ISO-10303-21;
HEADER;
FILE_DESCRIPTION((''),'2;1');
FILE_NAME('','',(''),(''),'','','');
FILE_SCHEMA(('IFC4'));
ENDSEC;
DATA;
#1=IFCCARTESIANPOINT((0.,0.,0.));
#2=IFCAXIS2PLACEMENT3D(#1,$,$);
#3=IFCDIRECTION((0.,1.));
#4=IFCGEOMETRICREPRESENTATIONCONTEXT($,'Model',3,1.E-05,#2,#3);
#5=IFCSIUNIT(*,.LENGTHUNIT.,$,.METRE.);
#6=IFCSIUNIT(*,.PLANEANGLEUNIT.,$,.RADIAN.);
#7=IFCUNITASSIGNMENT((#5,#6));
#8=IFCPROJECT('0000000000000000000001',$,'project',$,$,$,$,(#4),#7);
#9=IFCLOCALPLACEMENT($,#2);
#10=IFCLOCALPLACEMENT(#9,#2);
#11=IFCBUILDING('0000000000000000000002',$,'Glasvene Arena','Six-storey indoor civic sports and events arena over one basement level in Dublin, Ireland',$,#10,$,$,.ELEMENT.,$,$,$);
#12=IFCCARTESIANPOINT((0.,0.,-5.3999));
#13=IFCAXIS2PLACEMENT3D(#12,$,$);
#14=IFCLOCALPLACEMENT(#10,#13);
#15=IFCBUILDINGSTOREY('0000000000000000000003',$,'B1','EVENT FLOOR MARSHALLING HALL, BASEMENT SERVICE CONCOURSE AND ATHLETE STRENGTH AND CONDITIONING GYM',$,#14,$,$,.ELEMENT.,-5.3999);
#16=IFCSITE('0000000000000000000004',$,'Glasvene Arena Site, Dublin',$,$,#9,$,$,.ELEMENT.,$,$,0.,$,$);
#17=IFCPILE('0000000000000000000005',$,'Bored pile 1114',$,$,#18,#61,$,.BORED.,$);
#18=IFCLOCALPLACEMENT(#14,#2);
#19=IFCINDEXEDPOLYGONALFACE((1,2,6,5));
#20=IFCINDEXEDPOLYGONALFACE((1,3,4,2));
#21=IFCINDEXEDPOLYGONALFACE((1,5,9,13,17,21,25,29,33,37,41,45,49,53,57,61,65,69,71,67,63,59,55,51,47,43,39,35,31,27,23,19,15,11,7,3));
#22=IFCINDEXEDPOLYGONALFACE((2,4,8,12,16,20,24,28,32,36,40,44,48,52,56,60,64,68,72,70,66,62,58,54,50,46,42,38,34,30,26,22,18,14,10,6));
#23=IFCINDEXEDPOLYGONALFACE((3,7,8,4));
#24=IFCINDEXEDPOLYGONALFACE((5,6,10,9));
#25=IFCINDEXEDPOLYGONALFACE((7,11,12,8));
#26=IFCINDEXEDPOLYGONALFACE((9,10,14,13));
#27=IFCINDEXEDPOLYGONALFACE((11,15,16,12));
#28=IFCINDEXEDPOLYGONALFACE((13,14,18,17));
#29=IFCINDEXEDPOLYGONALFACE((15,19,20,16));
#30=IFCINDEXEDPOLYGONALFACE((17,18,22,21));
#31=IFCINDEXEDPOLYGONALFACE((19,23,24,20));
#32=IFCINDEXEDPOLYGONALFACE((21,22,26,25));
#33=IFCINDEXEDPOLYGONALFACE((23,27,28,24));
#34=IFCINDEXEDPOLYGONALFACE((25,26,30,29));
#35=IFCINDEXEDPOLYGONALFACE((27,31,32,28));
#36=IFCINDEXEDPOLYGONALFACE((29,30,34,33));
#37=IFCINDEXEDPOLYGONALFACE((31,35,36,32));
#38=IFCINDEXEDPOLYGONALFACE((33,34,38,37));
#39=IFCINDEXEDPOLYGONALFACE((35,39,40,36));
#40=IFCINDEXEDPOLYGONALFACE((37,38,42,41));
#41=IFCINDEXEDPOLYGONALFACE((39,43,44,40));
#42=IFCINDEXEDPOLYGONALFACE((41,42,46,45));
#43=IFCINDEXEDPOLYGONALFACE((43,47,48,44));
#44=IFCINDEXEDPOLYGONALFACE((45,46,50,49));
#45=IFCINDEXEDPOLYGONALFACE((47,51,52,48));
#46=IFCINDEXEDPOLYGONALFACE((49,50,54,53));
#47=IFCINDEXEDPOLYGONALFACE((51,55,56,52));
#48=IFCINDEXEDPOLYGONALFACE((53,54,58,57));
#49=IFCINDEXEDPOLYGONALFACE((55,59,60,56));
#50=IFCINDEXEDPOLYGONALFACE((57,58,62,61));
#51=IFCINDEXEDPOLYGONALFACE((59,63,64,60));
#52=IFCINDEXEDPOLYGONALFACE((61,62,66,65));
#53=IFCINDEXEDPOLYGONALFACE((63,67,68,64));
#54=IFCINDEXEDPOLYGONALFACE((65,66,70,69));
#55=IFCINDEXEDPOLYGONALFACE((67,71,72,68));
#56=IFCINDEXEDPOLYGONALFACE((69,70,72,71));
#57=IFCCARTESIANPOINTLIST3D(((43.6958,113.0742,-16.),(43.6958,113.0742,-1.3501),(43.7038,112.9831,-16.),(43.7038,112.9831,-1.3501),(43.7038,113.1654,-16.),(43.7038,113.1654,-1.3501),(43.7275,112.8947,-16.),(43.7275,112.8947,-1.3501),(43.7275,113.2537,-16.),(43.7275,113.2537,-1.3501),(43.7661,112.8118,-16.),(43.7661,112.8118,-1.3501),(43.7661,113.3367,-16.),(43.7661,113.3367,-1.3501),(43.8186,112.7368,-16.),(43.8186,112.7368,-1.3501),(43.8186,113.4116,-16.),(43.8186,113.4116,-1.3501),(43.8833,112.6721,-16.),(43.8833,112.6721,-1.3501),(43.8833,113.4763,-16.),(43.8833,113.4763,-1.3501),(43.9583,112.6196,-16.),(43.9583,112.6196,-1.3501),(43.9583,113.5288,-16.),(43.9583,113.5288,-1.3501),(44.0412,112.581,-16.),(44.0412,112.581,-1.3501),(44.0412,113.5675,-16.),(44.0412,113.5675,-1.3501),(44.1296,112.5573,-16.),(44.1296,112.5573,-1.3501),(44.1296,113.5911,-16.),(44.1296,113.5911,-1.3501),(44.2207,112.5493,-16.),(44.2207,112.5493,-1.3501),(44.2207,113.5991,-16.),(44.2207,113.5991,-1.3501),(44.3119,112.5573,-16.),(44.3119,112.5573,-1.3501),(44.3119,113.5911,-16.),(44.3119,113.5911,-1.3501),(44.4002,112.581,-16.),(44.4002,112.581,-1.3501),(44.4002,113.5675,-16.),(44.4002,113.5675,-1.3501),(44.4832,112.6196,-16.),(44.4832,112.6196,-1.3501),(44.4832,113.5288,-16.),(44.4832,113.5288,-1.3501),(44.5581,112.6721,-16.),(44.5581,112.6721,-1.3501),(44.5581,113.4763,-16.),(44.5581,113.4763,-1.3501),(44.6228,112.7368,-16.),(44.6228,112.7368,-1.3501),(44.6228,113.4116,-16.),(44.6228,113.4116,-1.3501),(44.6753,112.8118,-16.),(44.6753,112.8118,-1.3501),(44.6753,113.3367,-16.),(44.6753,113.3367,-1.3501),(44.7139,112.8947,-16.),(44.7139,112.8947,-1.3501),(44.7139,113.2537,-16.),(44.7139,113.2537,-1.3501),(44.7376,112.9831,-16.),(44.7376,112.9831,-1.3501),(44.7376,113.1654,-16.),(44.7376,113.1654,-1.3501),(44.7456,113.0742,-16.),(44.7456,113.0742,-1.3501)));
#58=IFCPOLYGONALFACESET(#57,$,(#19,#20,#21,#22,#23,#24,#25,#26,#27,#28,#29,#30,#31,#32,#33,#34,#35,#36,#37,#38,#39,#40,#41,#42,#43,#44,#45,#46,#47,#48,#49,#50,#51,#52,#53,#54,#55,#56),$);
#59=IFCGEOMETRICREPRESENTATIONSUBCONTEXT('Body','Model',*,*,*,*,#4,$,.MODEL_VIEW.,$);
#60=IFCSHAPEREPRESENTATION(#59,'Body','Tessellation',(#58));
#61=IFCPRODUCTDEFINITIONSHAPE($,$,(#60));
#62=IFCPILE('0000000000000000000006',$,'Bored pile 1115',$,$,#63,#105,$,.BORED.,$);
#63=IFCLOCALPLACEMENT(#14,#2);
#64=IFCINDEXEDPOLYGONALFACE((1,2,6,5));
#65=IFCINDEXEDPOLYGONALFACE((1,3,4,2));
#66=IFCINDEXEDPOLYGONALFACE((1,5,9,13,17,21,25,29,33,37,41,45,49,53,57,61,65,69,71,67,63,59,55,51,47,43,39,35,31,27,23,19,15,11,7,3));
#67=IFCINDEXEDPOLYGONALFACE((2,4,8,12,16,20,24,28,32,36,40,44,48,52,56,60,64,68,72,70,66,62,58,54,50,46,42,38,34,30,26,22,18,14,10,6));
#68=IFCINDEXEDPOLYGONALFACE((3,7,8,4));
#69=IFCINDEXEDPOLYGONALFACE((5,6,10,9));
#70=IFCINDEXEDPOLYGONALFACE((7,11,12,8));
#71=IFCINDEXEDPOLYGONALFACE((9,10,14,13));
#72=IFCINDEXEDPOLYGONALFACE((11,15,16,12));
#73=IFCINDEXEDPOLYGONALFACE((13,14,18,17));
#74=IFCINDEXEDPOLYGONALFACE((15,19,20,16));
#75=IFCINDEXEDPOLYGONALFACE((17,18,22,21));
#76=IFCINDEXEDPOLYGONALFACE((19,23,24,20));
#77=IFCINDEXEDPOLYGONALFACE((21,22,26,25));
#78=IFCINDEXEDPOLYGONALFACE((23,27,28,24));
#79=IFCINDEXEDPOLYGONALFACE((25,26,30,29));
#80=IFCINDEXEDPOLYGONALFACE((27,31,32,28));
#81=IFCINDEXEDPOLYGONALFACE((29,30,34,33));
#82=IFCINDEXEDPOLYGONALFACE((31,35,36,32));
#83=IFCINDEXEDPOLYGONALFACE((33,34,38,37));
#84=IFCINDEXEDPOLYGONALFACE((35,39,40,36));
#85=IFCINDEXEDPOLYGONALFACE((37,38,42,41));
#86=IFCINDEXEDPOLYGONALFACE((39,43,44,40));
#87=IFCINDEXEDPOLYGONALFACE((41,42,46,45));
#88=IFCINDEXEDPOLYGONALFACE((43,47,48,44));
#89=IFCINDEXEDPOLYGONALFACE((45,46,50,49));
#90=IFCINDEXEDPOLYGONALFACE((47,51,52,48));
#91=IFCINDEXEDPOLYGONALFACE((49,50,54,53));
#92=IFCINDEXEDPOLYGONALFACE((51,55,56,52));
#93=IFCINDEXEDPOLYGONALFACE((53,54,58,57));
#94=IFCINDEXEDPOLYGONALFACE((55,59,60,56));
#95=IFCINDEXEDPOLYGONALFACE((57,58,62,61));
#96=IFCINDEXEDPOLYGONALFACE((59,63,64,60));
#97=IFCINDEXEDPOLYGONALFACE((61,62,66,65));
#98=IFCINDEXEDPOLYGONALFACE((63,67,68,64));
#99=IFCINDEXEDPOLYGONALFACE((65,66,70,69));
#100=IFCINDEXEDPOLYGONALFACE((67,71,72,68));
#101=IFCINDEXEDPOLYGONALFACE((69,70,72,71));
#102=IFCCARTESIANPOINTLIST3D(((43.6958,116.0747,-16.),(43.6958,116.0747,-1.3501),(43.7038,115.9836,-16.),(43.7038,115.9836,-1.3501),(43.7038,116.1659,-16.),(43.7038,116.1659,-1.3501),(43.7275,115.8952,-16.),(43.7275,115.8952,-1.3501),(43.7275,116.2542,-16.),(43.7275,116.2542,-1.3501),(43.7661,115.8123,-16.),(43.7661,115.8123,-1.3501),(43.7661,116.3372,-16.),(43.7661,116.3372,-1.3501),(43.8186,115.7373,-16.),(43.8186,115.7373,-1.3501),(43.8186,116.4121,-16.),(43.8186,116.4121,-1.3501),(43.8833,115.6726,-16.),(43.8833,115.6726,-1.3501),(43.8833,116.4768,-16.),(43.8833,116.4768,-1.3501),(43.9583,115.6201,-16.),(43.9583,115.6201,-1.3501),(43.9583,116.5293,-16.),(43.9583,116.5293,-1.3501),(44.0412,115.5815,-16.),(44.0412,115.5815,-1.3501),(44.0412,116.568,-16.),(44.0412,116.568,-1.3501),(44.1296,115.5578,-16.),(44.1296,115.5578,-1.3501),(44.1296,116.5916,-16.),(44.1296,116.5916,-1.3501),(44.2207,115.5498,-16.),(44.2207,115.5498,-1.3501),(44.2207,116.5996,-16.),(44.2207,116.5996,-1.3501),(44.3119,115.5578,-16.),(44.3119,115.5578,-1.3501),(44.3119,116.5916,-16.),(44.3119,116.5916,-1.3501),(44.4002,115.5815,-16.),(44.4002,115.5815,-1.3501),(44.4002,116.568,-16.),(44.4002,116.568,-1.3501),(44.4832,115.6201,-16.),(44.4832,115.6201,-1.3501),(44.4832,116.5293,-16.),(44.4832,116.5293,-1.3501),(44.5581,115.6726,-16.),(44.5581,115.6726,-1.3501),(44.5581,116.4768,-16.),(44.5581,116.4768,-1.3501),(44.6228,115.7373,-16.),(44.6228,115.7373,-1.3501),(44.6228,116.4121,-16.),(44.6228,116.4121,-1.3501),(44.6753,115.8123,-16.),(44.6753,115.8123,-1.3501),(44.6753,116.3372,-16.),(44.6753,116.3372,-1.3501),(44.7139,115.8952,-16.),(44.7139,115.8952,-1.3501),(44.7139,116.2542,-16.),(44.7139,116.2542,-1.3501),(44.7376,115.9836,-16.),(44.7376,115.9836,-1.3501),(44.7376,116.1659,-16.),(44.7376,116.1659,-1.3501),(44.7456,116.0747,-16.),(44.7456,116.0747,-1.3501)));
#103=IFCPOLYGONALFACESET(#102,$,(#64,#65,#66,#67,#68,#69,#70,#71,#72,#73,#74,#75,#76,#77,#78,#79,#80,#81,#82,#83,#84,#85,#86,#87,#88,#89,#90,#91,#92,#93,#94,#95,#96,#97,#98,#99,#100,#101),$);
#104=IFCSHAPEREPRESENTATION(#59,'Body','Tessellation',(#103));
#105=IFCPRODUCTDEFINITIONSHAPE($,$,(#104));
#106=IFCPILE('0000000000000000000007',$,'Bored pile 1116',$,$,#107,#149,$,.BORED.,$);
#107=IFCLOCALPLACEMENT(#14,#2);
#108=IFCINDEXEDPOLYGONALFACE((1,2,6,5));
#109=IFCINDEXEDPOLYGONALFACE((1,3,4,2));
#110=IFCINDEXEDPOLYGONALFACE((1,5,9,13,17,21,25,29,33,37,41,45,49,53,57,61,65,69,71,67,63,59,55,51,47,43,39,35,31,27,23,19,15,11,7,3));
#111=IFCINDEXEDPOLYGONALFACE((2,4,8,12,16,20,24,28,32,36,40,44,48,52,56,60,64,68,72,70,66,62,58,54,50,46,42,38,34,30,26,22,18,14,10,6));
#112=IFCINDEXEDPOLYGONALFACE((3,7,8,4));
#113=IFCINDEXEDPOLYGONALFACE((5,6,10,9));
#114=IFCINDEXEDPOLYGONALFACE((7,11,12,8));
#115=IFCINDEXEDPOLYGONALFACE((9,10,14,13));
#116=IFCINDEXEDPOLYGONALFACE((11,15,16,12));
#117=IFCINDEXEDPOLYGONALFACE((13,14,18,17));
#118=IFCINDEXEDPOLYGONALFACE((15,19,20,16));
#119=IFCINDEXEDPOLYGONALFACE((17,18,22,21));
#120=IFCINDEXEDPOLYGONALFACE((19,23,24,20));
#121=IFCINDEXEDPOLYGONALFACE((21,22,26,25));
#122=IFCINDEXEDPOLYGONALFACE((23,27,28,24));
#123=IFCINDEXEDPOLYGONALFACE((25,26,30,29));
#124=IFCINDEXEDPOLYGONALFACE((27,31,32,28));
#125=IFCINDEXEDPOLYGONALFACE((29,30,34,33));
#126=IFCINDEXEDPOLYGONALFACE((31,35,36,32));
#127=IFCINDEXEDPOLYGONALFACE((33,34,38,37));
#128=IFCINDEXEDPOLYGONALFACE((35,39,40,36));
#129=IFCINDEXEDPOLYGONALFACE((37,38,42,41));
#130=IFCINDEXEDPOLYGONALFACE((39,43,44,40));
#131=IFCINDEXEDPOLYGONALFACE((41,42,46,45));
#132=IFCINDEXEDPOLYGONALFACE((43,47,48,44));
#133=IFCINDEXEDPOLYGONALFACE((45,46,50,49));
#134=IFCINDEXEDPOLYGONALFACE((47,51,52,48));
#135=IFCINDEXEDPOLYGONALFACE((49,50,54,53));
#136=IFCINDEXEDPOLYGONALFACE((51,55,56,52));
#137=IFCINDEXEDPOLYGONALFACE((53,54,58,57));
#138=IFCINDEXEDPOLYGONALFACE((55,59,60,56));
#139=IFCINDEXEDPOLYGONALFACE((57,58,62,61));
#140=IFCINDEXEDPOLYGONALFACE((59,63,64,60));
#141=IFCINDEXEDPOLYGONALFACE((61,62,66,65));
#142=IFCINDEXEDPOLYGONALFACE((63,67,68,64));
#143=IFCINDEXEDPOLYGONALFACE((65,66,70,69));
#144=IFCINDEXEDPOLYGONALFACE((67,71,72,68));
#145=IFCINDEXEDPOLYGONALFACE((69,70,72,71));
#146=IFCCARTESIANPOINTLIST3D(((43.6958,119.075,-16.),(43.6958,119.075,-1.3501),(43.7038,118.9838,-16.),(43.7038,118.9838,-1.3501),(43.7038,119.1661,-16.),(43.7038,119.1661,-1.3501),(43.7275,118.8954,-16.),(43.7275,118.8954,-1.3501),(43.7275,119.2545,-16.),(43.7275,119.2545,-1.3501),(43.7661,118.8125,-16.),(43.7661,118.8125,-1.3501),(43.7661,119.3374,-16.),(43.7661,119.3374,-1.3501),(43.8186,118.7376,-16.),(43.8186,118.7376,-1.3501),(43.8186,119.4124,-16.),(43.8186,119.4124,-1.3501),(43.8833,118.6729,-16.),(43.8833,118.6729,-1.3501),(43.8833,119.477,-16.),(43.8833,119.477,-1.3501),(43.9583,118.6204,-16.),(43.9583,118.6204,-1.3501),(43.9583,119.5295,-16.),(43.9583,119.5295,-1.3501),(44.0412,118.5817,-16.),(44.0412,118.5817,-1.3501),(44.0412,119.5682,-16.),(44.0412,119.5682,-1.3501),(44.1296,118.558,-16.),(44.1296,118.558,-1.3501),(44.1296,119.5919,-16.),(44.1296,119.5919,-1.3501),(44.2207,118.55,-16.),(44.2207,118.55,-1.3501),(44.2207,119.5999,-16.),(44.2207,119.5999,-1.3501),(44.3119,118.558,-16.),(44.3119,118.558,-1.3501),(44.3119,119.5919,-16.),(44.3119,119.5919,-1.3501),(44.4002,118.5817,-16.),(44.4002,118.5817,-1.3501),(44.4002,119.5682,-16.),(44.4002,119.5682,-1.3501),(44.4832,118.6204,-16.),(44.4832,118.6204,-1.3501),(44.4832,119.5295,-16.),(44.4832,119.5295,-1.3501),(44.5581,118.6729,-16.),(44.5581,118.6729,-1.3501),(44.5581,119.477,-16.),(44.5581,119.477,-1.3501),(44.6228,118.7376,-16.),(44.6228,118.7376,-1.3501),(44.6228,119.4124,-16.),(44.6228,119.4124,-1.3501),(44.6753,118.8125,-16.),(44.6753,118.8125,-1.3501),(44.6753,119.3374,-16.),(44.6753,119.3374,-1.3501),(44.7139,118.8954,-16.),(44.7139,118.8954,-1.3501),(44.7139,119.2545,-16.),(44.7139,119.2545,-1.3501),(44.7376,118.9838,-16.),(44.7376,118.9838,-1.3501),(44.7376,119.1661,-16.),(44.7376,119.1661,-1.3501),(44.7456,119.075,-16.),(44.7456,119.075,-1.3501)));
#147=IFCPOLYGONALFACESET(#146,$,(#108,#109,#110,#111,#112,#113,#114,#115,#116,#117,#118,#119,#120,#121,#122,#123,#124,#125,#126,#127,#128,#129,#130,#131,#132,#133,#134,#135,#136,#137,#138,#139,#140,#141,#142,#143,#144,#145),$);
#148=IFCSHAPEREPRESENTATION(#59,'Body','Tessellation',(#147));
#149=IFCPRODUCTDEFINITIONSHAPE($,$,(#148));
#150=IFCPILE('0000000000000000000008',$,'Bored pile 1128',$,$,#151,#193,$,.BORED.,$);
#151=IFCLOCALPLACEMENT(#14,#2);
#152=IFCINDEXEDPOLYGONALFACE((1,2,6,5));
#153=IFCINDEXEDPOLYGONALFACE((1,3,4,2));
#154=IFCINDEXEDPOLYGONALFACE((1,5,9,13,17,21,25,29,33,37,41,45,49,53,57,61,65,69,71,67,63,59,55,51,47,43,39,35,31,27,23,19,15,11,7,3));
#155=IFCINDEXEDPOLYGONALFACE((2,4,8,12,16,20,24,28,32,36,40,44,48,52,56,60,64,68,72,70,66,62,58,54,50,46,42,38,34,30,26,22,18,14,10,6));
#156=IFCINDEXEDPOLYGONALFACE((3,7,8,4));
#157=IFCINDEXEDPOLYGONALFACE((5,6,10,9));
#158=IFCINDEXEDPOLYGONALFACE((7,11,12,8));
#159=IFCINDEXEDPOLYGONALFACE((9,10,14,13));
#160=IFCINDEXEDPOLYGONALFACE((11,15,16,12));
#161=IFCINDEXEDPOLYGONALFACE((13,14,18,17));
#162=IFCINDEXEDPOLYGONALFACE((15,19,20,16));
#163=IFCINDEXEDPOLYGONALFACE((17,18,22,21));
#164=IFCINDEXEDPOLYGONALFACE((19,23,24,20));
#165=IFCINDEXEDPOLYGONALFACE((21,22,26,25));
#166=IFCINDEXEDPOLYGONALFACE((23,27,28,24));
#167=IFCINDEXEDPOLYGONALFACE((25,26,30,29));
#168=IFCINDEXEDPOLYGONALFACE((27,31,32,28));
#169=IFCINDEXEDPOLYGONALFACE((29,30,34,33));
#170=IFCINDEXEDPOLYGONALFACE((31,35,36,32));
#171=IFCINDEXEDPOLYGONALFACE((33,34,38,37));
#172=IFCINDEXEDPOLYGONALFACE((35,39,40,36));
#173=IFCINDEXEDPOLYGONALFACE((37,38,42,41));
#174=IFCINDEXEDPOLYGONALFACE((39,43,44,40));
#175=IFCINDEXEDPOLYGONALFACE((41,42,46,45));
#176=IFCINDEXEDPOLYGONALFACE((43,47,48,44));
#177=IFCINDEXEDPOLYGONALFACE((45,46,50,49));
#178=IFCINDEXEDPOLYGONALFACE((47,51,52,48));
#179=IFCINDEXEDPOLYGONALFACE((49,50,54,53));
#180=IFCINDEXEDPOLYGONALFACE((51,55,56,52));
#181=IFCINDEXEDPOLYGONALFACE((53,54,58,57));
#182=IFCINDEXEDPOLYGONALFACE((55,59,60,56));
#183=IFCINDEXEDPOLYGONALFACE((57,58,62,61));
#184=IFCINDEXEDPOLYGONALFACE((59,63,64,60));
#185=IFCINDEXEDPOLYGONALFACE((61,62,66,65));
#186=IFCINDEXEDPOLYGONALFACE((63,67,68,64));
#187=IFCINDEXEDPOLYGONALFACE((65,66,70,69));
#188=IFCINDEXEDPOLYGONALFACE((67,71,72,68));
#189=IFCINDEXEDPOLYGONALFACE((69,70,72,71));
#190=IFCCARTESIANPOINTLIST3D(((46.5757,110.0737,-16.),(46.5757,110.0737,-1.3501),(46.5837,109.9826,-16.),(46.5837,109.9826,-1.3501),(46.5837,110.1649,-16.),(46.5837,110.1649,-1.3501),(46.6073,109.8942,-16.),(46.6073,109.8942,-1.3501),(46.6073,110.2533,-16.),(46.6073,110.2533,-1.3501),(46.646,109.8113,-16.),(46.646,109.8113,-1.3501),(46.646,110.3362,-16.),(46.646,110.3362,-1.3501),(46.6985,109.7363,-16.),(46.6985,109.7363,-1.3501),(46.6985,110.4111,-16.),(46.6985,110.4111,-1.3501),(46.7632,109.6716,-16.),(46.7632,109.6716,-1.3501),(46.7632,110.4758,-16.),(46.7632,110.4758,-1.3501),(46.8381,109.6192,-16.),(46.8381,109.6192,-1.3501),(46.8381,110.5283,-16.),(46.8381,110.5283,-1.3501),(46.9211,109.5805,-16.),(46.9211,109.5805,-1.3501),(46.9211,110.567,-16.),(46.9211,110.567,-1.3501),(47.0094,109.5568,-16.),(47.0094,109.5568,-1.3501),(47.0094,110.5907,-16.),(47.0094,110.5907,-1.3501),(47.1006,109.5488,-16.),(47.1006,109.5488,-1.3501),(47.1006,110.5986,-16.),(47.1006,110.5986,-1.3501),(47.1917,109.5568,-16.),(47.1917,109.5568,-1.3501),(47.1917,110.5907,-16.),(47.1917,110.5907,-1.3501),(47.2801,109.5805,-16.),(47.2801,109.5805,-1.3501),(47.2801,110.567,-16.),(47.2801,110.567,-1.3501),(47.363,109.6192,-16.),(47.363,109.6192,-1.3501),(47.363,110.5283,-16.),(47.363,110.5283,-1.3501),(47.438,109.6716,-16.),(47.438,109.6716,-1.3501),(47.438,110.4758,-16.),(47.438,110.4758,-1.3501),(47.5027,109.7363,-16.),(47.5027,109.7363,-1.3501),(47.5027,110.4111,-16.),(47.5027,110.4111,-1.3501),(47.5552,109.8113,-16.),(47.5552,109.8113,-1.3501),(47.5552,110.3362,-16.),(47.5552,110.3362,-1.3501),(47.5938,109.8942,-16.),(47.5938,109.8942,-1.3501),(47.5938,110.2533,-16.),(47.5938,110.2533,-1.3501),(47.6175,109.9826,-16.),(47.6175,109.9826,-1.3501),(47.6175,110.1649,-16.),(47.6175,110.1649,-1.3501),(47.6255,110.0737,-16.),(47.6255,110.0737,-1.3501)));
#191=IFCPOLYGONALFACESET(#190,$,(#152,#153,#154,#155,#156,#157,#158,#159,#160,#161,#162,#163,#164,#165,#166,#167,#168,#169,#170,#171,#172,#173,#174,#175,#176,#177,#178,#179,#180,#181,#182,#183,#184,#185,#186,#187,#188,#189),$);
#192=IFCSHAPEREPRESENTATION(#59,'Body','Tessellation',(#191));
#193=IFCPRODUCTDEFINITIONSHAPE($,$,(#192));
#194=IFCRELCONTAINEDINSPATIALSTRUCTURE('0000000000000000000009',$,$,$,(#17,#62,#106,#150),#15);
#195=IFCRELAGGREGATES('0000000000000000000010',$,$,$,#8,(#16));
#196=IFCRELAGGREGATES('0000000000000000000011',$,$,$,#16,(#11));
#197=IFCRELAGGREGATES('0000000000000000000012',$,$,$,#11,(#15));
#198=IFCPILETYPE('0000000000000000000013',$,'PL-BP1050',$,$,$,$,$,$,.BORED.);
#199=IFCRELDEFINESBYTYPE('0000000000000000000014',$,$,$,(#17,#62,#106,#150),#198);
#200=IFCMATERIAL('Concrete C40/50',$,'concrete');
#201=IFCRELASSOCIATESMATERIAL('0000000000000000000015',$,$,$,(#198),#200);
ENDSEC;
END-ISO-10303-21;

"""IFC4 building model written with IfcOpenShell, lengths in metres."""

from ifc_helpers import new_model, si_unit, direction, frame, origin, origin_2d, place, context, subcontext, project, spatial, circle, extrude, material, material_profile, profile_set, type_object, element, save


model = new_model("IFC4")

# Units and contexts
model_context = context("Model", 3, precision=1e-05, world=origin(), true_north=direction((0.0, 1.0)))
body_context = subcontext(model_context, "Body", "Model", "MODEL_VIEW")
ifc_project = project(units=[si_unit("LENGTHUNIT", "METRE"), si_unit("PLANEANGLEUNIT", "RADIAN")], contexts=[model_context])

# Site, building, storey
site_placement = place(None, origin())
site = spatial("IfcSite", under=ifc_project, at=site_placement, Name="Glasvene Arena Site, Dublin", CompositionType="ELEMENT", RefElevation=0.0)
building_placement = place(site_placement, origin())
building = spatial("IfcBuilding", under=site, at=building_placement, Name="Glasvene Arena", Description="Six-storey indoor civic sports and events arena over one basement level in Dublin, Ireland", CompositionType="ELEMENT")
storey_placement = place(building_placement, frame((0.0, 0.0, -5.3999)))
storey = spatial("IfcBuildingStorey", under=building, at=storey_placement, Name="B1", Description="EVENT FLOOR MARSHALLING HALL, BASEMENT SERVICE CONCOURSE AND ATHLETE STRENGTH AND CONDITIONING GYM", CompositionType="ELEMENT", Elevation=-5.3999)

# Piles
ifc_material = material(Name="Concrete C40/50", Category="concrete")
ifc_material_profile_1 = material_profile(ifc_material, circle(Radius=0.5249, at=origin_2d()), Name="BORED PILE 1050")
ifc_profile_set_1 = profile_set([ifc_material_profile_1], Name="Concrete C40/50")
pile_type = type_object("IfcPileType", Name="PL-BP1050", PredefinedType="BORED", material=ifc_profile_set_1)
for number, where, z_axis, x_axis, name in (
    (1, (44.2207, 113.0742, -1.3501), (0.0, 0.0, -1.0), (1.0, 0.0, 0.0), "Bored pile 1114"),
    (2, (44.2207, 116.0747, -1.3501), (0.0, 0.0, -1.0), (1.0, 0.0, 0.0), "Bored pile 1115"),
    (3, (44.2207, 119.075, -1.3501), (0.0, 0.0, -1.0), (1.0, 0.0, 0.0), "Bored pile 1116"),
    (4, (47.1006, 110.0737, -1.3501), (0.0, 0.0, -1.0), (1.0, 0.0, 0.0), "Bored pile 1128"),
):
    element("IfcPile", number, at=place(storey_placement, frame(where, z_axis=z_axis, x_axis=x_axis)), inside=storey, type_object=pile_type, Name=name, PredefinedType="BORED", context=body_context, shape_type="SweptSolid", body=[
        extrude(circle(Radius=0.5249, at=origin_2d()), origin(), (0.0, 0.0, 1.0), 14.6499),
    ])

save(model, "model.ifc")
